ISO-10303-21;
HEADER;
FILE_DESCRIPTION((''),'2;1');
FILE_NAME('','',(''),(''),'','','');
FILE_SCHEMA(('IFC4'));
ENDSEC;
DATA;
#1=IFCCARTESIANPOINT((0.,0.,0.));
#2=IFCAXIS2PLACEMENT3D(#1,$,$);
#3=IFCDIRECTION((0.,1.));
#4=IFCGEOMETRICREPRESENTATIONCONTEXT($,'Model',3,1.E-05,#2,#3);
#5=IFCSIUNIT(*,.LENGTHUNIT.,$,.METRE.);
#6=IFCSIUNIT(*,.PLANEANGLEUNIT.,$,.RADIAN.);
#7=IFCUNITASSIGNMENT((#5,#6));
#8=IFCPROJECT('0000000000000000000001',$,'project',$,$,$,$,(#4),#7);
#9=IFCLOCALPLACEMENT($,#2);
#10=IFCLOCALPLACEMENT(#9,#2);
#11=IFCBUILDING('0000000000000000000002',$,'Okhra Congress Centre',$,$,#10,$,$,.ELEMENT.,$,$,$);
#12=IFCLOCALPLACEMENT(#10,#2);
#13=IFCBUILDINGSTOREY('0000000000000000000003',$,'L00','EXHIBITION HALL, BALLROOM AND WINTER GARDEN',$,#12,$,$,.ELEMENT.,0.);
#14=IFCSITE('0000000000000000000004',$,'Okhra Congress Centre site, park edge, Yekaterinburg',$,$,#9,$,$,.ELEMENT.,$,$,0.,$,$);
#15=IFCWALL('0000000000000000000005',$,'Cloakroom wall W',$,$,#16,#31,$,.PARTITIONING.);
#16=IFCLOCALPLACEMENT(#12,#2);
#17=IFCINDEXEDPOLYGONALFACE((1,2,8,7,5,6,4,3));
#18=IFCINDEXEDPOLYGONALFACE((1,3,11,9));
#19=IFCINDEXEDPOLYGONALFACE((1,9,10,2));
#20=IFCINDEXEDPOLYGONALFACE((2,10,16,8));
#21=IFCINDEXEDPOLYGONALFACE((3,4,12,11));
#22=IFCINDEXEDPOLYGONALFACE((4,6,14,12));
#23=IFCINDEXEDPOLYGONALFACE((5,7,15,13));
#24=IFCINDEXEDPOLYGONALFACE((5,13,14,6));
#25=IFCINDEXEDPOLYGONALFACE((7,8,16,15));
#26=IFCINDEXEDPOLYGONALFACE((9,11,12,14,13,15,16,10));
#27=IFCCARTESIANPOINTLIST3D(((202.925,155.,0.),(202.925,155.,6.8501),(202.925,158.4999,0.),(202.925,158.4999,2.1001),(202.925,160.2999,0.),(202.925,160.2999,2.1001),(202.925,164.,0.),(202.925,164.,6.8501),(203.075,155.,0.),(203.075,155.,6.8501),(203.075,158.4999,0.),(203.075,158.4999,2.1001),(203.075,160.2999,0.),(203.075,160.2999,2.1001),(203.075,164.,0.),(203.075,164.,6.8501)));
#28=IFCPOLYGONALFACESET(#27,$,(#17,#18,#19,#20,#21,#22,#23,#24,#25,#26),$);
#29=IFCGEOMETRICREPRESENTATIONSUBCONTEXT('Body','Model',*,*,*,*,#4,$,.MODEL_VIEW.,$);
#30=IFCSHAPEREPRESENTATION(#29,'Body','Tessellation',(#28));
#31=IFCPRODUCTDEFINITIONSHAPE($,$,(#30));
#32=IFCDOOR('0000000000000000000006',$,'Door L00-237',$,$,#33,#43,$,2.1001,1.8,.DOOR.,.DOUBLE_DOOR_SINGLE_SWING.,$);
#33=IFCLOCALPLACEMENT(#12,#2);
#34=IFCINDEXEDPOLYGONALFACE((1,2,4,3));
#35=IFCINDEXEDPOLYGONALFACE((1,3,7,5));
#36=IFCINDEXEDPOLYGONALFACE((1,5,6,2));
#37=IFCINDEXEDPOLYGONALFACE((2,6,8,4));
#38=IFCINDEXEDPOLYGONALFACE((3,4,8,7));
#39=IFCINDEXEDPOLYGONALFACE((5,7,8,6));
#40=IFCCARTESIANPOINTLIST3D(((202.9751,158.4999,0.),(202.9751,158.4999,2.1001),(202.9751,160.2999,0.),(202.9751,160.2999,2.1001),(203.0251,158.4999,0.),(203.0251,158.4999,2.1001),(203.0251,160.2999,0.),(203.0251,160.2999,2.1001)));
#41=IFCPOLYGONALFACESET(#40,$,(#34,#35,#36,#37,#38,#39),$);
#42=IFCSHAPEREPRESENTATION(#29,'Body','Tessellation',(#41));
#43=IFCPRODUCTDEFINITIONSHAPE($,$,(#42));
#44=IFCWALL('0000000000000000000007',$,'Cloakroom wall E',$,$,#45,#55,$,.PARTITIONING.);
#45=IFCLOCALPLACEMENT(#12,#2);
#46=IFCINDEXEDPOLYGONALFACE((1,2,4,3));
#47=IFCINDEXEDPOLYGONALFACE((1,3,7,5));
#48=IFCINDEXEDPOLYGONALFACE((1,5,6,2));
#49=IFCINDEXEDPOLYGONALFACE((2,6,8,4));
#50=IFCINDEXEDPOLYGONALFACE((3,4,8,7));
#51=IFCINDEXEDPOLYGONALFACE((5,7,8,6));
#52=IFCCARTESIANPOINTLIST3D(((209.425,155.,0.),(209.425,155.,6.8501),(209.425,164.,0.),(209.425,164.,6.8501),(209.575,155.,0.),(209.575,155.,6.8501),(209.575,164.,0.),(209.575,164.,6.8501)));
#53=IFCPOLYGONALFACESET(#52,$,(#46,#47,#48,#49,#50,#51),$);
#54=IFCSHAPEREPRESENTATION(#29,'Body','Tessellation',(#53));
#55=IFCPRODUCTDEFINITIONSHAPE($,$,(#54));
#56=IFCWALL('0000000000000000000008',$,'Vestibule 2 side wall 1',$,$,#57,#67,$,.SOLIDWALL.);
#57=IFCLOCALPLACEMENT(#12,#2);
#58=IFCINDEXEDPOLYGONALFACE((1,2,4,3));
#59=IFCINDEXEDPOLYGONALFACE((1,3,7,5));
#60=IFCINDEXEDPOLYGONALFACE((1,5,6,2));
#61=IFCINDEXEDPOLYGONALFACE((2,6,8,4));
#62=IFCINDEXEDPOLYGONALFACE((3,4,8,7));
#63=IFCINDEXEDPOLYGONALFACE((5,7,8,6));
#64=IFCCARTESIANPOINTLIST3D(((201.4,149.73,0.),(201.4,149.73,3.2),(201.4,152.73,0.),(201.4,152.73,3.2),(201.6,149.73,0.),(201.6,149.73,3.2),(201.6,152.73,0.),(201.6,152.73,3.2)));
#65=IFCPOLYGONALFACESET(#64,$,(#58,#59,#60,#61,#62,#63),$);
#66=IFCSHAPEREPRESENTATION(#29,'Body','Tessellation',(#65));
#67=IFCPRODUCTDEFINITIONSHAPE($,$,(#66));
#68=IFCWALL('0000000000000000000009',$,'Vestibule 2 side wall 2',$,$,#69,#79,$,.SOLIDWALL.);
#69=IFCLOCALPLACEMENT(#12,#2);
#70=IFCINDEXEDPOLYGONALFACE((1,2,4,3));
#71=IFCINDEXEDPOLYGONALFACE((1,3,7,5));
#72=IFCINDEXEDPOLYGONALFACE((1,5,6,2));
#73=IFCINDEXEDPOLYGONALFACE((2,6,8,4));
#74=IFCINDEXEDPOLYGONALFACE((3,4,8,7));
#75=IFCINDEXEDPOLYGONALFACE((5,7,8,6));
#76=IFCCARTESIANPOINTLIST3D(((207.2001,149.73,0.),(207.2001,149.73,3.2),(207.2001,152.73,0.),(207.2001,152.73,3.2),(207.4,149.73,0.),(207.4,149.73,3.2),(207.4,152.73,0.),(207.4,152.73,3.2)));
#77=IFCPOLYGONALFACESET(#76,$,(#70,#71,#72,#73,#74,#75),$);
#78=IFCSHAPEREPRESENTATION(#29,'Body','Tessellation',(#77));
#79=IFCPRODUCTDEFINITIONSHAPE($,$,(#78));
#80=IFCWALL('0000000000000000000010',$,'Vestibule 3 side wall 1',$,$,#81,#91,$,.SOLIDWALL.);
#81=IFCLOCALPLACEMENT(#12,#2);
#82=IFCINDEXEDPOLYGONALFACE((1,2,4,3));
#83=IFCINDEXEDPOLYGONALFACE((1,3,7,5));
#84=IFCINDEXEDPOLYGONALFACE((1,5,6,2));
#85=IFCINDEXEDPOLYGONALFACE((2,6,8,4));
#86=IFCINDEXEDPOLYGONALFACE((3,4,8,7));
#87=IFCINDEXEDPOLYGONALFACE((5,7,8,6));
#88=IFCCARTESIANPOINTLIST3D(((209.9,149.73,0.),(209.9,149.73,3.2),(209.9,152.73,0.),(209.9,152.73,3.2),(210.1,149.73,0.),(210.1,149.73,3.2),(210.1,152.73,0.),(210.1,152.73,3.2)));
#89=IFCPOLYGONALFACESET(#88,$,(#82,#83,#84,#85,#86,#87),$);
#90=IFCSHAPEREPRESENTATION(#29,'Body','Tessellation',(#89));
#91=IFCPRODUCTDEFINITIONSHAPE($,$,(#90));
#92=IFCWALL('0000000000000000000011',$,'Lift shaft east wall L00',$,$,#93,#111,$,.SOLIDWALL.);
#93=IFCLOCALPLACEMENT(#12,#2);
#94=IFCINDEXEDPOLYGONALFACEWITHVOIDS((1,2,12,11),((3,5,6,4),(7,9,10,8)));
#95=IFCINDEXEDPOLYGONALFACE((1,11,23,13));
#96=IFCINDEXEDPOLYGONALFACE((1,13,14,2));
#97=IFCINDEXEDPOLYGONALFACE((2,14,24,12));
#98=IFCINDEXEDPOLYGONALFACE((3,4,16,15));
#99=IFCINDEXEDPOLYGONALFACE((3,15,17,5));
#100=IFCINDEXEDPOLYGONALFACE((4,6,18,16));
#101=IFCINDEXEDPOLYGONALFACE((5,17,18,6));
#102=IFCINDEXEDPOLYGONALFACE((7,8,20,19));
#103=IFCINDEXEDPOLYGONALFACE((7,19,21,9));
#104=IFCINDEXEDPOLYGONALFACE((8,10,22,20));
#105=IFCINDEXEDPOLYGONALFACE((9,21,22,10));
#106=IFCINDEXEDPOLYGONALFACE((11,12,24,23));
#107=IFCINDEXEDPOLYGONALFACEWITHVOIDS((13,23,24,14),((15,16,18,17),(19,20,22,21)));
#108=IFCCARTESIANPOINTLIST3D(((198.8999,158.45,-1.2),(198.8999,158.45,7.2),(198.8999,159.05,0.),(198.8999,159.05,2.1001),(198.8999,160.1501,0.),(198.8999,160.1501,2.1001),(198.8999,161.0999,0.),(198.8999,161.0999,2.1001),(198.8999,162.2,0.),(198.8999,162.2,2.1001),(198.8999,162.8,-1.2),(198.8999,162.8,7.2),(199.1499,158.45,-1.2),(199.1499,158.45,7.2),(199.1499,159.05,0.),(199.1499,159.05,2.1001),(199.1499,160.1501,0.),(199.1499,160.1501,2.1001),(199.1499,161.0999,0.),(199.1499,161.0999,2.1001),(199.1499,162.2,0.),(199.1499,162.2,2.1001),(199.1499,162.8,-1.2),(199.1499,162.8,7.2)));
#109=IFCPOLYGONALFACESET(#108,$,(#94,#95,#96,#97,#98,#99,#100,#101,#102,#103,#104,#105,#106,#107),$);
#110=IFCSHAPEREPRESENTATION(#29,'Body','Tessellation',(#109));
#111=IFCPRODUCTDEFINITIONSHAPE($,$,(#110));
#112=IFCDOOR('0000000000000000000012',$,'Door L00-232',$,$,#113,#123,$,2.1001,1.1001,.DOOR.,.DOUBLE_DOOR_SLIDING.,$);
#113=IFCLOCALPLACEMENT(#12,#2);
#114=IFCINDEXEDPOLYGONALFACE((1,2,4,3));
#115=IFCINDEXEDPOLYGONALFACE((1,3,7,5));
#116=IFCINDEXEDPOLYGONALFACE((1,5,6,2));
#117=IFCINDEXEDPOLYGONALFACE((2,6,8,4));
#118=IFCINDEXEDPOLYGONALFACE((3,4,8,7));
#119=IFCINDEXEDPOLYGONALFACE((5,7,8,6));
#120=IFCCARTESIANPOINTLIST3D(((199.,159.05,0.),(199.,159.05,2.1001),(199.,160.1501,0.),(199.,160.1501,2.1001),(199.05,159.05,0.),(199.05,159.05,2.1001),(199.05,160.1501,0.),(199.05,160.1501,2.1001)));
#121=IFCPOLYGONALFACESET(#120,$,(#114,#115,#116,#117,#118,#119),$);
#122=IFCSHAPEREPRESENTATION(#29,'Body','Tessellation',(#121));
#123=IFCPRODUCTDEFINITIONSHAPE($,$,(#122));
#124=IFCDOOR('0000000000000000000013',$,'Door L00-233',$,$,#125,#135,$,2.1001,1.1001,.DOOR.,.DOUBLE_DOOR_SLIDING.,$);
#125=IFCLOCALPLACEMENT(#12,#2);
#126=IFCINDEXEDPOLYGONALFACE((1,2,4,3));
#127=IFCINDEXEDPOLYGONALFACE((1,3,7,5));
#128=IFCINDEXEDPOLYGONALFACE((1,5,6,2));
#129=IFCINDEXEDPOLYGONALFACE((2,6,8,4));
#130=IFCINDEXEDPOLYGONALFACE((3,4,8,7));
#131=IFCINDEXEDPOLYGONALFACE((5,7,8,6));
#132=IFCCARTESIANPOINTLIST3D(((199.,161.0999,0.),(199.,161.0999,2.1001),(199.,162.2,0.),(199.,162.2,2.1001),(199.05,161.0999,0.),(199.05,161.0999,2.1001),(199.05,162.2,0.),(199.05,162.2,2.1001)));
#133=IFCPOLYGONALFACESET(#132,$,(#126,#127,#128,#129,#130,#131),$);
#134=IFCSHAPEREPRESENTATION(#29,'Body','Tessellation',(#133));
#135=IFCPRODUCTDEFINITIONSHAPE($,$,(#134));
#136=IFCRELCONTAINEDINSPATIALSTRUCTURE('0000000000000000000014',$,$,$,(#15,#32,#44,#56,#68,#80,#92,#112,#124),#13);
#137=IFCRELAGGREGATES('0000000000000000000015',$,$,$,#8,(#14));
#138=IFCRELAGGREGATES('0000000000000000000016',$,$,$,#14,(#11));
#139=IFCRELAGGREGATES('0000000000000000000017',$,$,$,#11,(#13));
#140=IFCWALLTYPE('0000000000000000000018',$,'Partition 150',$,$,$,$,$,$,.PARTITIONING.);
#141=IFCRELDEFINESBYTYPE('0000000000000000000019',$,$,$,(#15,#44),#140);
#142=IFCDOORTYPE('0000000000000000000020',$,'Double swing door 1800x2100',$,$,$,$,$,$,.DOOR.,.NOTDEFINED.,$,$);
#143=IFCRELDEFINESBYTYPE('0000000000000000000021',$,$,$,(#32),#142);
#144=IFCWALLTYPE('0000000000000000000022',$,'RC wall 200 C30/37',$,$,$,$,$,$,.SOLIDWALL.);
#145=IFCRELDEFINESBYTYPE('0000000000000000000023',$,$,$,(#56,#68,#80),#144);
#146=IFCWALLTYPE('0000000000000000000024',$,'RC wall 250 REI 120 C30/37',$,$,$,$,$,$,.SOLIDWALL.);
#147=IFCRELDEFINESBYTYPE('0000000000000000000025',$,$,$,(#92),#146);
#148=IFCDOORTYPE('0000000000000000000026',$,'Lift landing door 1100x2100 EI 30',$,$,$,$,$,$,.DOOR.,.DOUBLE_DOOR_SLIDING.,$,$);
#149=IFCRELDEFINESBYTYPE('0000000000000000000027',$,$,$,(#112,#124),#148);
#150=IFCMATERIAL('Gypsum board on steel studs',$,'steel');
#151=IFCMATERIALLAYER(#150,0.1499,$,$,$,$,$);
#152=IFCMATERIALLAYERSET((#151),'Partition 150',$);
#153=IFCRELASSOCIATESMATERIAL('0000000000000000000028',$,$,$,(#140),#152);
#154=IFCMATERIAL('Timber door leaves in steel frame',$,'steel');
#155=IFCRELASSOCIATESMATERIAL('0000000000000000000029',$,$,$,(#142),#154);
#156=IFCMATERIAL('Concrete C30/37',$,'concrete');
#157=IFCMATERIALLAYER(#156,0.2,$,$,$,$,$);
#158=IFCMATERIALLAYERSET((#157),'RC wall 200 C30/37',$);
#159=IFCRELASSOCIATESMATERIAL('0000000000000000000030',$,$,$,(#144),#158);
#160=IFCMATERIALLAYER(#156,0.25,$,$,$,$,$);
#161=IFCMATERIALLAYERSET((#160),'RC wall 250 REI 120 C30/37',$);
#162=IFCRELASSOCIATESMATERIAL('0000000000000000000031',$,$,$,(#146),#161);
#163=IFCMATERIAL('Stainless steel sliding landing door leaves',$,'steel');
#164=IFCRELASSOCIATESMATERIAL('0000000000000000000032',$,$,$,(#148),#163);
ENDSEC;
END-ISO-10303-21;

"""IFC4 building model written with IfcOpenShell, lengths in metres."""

from ifc_helpers import new_model, si_unit, direction, frame, frame_2d, origin, place, context, subcontext, project, spatial, rectangle, extrude, material, layer, layer_set, type_object, element, fill, save


model = new_model("IFC4")

# Units and contexts
model_context = context("Model", 3, precision=1e-05, world=origin(), true_north=direction((0.0, 1.0)))
body_context = subcontext(model_context, "Body", "Model", "MODEL_VIEW")
ifc_project = project(units=[si_unit("LENGTHUNIT", "METRE"), si_unit("PLANEANGLEUNIT", "RADIAN")], contexts=[model_context])

# Site, building, storey
site_placement = place(None, origin())
site = spatial("IfcSite", under=ifc_project, at=site_placement, Name="Okhra Congress Centre site, park edge, Yekaterinburg", CompositionType="ELEMENT", RefElevation=0.0)
building_placement = place(site_placement, origin())
building = spatial("IfcBuilding", under=site, at=building_placement, Name="Okhra Congress Centre", CompositionType="ELEMENT")
storey_placement = place(building_placement, origin())
storey = spatial("IfcBuildingStorey", under=building, at=storey_placement, Name="L00", Description="EXHIBITION HALL, BALLROOM AND WINTER GARDEN", CompositionType="ELEMENT", Elevation=0.0)

# Shared definitions
ifc_material_1 = material(Name="Concrete C30/37", Category="concrete")

# Shared definitions
ifc_material_2 = material(Name="Gypsum board on steel studs", Category="steel")
ifc_layer_1 = layer(ifc_material_2, 0.1499)
ifc_layer_set_1 = layer_set([ifc_layer_1], Name="Partition 150")
wall_type_1 = type_object("IfcWallType", Name="Partition 150", PredefinedType="PARTITIONING", material=ifc_layer_set_1)

# Wall, opening, door
wall_1_placement = place(storey_placement, frame((203.0, 155.0, 0.0), z_axis=(0.0, 0.0, 1.0), x_axis=(0.0, 1.0, 0.0)))
wall_1 = element("IfcWall", 1, at=wall_1_placement, inside=storey, type_object=wall_type_1, Name="Cloakroom wall W", PredefinedType="PARTITIONING", context=body_context, shape_type="SweptSolid", body=[
    extrude(rectangle(XDim=9.0, YDim=0.1499, at=frame_2d((4.5, 0.0))), origin(), (0.0, 0.0, 1.0), 6.8501),
])
opening_1_placement = place(wall_1_placement, frame((3.5, 0.0, 0.0)))
opening_1 = element("IfcOpeningElement", 2, at=opening_1_placement, cuts=wall_1, PredefinedType="OPENING", context=body_context, shape_type="SweptSolid", body=[
    extrude(rectangle(XDim=1.8, YDim=2.1001, at=frame_2d((0.8999, 1.05))), frame((0.0, 0.085, 0.0), z_axis=(0.0, -1.0, 0.0), x_axis=(1.0, 0.0, 0.0)), (0.0, 0.0, 1.0), 0.1699),
])
ifc_material_3 = material(Name="Timber door leaves in steel frame", Category="steel")
door_type_1 = type_object("IfcDoorType", Name="Double swing door 1800x2100", OperationType="NOTDEFINED", PredefinedType="DOOR", material=ifc_material_3)
door_1_placement = place(opening_1_placement, origin())
door_1 = element("IfcDoor", 3, at=door_1_placement, inside=storey, type_object=door_type_1, Name="Door L00-237", OperationType="DOUBLE_DOOR_SINGLE_SWING", OverallHeight=2.1001, OverallWidth=1.8, PredefinedType="DOOR", context=body_context, shape_type="SweptSolid", body=[
    extrude(rectangle(XDim=1.8, YDim=2.1001, at=frame_2d((0.8999, 1.05))), frame((0.0, 0.0249, 0.0), z_axis=(0.0, -1.0, 0.0), x_axis=(1.0, 0.0, 0.0)), (0.0, 0.0, 1.0), 0.05),
])
fill(opening_1, door_1)

# Walls
wall_2_placement = place(storey_placement, frame((209.5, 155.0, 0.0), z_axis=(0.0, 0.0, 1.0), x_axis=(0.0, 1.0, 0.0)))
element("IfcWall", 4, at=wall_2_placement, inside=storey, type_object=wall_type_1, Name="Cloakroom wall E", PredefinedType="PARTITIONING", context=body_context, shape_type="SweptSolid", body=[
    extrude(rectangle(XDim=9.0, YDim=0.1499, at=frame_2d((4.5, 0.0))), origin(), (0.0, 0.0, 1.0), 6.8501),
])
ifc_layer_2 = layer(ifc_material_1, 0.2)
ifc_layer_set_2 = layer_set([ifc_layer_2], Name="RC wall 200 C30/37")
wall_type_2 = type_object("IfcWallType", Name="RC wall 200 C30/37", PredefinedType="SOLIDWALL", material=ifc_layer_set_2)
for number, where, z_axis, x_axis, name in (
    (5, (201.5, 149.73, 0.0), (0.0, 0.0, 1.0), (0.0, 1.0, 0.0), "Vestibule 2 side wall 1"),
    (6, (207.3, 149.73, 0.0), (0.0, 0.0, 1.0), (0.0, 1.0, 0.0), "Vestibule 2 side wall 2"),
):
    element("IfcWall", number, at=place(storey_placement, frame(where, z_axis=z_axis, x_axis=x_axis)), inside=storey, type_object=wall_type_2, Name=name, PredefinedType="SOLIDWALL", context=body_context, shape_type="SweptSolid", body=[
        extrude(rectangle(XDim=3.0, YDim=0.2, at=frame_2d((1.5, 0.0))), origin(), (0.0, 0.0, 1.0), 3.2),
    ])

# Wall
wall_3_placement = place(storey_placement, frame((210.0, 149.73, 0.0), z_axis=(0.0, 0.0, 1.0), x_axis=(0.0, 1.0, 0.0)))
element("IfcWall", 7, at=wall_3_placement, inside=storey, type_object=wall_type_2, Name="Vestibule 3 side wall 1", PredefinedType="SOLIDWALL", context=body_context, shape_type="SweptSolid", body=[
    extrude(rectangle(XDim=3.0, YDim=0.2, at=frame_2d((1.5, 0.0))), origin(), (0.0, 0.0, 1.0), 3.2),
])

# Wall, openings, doors
ifc_layer_3 = layer(ifc_material_1, 0.25)
ifc_layer_set_3 = layer_set([ifc_layer_3], Name="RC wall 250 REI 120 C30/37")
wall_type_3 = type_object("IfcWallType", Name="RC wall 250 REI 120 C30/37", PredefinedType="SOLIDWALL", material=ifc_layer_set_3)
wall_4_placement = place(storey_placement, frame((199.0249, 158.45, -1.2), z_axis=(0.0, 0.0, 1.0), x_axis=(0.0, 1.0, 0.0)))
wall_4 = element("IfcWall", 8, at=wall_4_placement, inside=storey, type_object=wall_type_3, Name="Lift shaft east wall L00", PredefinedType="SOLIDWALL", context=body_context, shape_type="SweptSolid", body=[
    extrude(rectangle(XDim=4.3501, YDim=0.25, at=frame_2d((2.175, 0.0))), origin(), (0.0, 0.0, 1.0), 8.3999),
])
opening_2_placement = place(wall_4_placement, frame((0.6001, 0.0, 1.2)))
opening_2 = element("IfcOpeningElement", 9, at=opening_2_placement, cuts=wall_4, PredefinedType="OPENING", context=body_context, shape_type="SweptSolid", body=[
    extrude(rectangle(XDim=1.1001, YDim=2.1001, at=frame_2d((0.55, 1.05))), frame((0.0, 0.135, 0.0), z_axis=(0.0, -1.0, 0.0), x_axis=(1.0, 0.0, 0.0)), (0.0, 0.0, 1.0), 0.27),
])
opening_3_placement = place(wall_4_placement, frame((2.6499, 0.0, 1.2)))
opening_3 = element("IfcOpeningElement", 10, at=opening_3_placement, cuts=wall_4, PredefinedType="OPENING", context=body_context, shape_type="SweptSolid", body=[
    extrude(rectangle(XDim=1.1001, YDim=2.1001, at=frame_2d((0.55, 1.05))), frame((0.0, 0.135, 0.0), z_axis=(0.0, -1.0, 0.0), x_axis=(1.0, 0.0, 0.0)), (0.0, 0.0, 1.0), 0.27),
])
ifc_material_4 = material(Name="Stainless steel sliding landing door leaves", Category="steel")
door_type_2 = type_object("IfcDoorType", Name="Lift landing door 1100x2100 EI 30", OperationType="DOUBLE_DOOR_SLIDING", PredefinedType="DOOR", material=ifc_material_4)
door_2_placement = place(opening_2_placement, origin())
door_2 = element("IfcDoor", 11, at=door_2_placement, inside=storey, type_object=door_type_2, Name="Door L00-232", OperationType="DOUBLE_DOOR_SLIDING", OverallHeight=2.1001, OverallWidth=1.1001, PredefinedType="DOOR", context=body_context, shape_type="SweptSolid", body=[
    extrude(rectangle(XDim=1.1001, YDim=2.1001, at=frame_2d((0.55, 1.05))), frame((0.0, 0.0249, 0.0), z_axis=(0.0, -1.0, 0.0), x_axis=(1.0, 0.0, 0.0)), (0.0, 0.0, 1.0), 0.05),
])
fill(opening_2, door_2)
door_3_placement = place(opening_3_placement, origin())
door_3 = element("IfcDoor", 12, at=door_3_placement, inside=storey, type_object=door_type_2, Name="Door L00-233", OperationType="DOUBLE_DOOR_SLIDING", OverallHeight=2.1001, OverallWidth=1.1001, PredefinedType="DOOR", context=body_context, shape_type="SweptSolid", body=[
    extrude(rectangle(XDim=1.1001, YDim=2.1001, at=frame_2d((0.55, 1.05))), frame((0.0, 0.0249, 0.0), z_axis=(0.0, -1.0, 0.0), x_axis=(1.0, 0.0, 0.0)), (0.0, 0.0, 1.0), 0.05),
])
fill(opening_3, door_3)

save(model, "model.ifc")
